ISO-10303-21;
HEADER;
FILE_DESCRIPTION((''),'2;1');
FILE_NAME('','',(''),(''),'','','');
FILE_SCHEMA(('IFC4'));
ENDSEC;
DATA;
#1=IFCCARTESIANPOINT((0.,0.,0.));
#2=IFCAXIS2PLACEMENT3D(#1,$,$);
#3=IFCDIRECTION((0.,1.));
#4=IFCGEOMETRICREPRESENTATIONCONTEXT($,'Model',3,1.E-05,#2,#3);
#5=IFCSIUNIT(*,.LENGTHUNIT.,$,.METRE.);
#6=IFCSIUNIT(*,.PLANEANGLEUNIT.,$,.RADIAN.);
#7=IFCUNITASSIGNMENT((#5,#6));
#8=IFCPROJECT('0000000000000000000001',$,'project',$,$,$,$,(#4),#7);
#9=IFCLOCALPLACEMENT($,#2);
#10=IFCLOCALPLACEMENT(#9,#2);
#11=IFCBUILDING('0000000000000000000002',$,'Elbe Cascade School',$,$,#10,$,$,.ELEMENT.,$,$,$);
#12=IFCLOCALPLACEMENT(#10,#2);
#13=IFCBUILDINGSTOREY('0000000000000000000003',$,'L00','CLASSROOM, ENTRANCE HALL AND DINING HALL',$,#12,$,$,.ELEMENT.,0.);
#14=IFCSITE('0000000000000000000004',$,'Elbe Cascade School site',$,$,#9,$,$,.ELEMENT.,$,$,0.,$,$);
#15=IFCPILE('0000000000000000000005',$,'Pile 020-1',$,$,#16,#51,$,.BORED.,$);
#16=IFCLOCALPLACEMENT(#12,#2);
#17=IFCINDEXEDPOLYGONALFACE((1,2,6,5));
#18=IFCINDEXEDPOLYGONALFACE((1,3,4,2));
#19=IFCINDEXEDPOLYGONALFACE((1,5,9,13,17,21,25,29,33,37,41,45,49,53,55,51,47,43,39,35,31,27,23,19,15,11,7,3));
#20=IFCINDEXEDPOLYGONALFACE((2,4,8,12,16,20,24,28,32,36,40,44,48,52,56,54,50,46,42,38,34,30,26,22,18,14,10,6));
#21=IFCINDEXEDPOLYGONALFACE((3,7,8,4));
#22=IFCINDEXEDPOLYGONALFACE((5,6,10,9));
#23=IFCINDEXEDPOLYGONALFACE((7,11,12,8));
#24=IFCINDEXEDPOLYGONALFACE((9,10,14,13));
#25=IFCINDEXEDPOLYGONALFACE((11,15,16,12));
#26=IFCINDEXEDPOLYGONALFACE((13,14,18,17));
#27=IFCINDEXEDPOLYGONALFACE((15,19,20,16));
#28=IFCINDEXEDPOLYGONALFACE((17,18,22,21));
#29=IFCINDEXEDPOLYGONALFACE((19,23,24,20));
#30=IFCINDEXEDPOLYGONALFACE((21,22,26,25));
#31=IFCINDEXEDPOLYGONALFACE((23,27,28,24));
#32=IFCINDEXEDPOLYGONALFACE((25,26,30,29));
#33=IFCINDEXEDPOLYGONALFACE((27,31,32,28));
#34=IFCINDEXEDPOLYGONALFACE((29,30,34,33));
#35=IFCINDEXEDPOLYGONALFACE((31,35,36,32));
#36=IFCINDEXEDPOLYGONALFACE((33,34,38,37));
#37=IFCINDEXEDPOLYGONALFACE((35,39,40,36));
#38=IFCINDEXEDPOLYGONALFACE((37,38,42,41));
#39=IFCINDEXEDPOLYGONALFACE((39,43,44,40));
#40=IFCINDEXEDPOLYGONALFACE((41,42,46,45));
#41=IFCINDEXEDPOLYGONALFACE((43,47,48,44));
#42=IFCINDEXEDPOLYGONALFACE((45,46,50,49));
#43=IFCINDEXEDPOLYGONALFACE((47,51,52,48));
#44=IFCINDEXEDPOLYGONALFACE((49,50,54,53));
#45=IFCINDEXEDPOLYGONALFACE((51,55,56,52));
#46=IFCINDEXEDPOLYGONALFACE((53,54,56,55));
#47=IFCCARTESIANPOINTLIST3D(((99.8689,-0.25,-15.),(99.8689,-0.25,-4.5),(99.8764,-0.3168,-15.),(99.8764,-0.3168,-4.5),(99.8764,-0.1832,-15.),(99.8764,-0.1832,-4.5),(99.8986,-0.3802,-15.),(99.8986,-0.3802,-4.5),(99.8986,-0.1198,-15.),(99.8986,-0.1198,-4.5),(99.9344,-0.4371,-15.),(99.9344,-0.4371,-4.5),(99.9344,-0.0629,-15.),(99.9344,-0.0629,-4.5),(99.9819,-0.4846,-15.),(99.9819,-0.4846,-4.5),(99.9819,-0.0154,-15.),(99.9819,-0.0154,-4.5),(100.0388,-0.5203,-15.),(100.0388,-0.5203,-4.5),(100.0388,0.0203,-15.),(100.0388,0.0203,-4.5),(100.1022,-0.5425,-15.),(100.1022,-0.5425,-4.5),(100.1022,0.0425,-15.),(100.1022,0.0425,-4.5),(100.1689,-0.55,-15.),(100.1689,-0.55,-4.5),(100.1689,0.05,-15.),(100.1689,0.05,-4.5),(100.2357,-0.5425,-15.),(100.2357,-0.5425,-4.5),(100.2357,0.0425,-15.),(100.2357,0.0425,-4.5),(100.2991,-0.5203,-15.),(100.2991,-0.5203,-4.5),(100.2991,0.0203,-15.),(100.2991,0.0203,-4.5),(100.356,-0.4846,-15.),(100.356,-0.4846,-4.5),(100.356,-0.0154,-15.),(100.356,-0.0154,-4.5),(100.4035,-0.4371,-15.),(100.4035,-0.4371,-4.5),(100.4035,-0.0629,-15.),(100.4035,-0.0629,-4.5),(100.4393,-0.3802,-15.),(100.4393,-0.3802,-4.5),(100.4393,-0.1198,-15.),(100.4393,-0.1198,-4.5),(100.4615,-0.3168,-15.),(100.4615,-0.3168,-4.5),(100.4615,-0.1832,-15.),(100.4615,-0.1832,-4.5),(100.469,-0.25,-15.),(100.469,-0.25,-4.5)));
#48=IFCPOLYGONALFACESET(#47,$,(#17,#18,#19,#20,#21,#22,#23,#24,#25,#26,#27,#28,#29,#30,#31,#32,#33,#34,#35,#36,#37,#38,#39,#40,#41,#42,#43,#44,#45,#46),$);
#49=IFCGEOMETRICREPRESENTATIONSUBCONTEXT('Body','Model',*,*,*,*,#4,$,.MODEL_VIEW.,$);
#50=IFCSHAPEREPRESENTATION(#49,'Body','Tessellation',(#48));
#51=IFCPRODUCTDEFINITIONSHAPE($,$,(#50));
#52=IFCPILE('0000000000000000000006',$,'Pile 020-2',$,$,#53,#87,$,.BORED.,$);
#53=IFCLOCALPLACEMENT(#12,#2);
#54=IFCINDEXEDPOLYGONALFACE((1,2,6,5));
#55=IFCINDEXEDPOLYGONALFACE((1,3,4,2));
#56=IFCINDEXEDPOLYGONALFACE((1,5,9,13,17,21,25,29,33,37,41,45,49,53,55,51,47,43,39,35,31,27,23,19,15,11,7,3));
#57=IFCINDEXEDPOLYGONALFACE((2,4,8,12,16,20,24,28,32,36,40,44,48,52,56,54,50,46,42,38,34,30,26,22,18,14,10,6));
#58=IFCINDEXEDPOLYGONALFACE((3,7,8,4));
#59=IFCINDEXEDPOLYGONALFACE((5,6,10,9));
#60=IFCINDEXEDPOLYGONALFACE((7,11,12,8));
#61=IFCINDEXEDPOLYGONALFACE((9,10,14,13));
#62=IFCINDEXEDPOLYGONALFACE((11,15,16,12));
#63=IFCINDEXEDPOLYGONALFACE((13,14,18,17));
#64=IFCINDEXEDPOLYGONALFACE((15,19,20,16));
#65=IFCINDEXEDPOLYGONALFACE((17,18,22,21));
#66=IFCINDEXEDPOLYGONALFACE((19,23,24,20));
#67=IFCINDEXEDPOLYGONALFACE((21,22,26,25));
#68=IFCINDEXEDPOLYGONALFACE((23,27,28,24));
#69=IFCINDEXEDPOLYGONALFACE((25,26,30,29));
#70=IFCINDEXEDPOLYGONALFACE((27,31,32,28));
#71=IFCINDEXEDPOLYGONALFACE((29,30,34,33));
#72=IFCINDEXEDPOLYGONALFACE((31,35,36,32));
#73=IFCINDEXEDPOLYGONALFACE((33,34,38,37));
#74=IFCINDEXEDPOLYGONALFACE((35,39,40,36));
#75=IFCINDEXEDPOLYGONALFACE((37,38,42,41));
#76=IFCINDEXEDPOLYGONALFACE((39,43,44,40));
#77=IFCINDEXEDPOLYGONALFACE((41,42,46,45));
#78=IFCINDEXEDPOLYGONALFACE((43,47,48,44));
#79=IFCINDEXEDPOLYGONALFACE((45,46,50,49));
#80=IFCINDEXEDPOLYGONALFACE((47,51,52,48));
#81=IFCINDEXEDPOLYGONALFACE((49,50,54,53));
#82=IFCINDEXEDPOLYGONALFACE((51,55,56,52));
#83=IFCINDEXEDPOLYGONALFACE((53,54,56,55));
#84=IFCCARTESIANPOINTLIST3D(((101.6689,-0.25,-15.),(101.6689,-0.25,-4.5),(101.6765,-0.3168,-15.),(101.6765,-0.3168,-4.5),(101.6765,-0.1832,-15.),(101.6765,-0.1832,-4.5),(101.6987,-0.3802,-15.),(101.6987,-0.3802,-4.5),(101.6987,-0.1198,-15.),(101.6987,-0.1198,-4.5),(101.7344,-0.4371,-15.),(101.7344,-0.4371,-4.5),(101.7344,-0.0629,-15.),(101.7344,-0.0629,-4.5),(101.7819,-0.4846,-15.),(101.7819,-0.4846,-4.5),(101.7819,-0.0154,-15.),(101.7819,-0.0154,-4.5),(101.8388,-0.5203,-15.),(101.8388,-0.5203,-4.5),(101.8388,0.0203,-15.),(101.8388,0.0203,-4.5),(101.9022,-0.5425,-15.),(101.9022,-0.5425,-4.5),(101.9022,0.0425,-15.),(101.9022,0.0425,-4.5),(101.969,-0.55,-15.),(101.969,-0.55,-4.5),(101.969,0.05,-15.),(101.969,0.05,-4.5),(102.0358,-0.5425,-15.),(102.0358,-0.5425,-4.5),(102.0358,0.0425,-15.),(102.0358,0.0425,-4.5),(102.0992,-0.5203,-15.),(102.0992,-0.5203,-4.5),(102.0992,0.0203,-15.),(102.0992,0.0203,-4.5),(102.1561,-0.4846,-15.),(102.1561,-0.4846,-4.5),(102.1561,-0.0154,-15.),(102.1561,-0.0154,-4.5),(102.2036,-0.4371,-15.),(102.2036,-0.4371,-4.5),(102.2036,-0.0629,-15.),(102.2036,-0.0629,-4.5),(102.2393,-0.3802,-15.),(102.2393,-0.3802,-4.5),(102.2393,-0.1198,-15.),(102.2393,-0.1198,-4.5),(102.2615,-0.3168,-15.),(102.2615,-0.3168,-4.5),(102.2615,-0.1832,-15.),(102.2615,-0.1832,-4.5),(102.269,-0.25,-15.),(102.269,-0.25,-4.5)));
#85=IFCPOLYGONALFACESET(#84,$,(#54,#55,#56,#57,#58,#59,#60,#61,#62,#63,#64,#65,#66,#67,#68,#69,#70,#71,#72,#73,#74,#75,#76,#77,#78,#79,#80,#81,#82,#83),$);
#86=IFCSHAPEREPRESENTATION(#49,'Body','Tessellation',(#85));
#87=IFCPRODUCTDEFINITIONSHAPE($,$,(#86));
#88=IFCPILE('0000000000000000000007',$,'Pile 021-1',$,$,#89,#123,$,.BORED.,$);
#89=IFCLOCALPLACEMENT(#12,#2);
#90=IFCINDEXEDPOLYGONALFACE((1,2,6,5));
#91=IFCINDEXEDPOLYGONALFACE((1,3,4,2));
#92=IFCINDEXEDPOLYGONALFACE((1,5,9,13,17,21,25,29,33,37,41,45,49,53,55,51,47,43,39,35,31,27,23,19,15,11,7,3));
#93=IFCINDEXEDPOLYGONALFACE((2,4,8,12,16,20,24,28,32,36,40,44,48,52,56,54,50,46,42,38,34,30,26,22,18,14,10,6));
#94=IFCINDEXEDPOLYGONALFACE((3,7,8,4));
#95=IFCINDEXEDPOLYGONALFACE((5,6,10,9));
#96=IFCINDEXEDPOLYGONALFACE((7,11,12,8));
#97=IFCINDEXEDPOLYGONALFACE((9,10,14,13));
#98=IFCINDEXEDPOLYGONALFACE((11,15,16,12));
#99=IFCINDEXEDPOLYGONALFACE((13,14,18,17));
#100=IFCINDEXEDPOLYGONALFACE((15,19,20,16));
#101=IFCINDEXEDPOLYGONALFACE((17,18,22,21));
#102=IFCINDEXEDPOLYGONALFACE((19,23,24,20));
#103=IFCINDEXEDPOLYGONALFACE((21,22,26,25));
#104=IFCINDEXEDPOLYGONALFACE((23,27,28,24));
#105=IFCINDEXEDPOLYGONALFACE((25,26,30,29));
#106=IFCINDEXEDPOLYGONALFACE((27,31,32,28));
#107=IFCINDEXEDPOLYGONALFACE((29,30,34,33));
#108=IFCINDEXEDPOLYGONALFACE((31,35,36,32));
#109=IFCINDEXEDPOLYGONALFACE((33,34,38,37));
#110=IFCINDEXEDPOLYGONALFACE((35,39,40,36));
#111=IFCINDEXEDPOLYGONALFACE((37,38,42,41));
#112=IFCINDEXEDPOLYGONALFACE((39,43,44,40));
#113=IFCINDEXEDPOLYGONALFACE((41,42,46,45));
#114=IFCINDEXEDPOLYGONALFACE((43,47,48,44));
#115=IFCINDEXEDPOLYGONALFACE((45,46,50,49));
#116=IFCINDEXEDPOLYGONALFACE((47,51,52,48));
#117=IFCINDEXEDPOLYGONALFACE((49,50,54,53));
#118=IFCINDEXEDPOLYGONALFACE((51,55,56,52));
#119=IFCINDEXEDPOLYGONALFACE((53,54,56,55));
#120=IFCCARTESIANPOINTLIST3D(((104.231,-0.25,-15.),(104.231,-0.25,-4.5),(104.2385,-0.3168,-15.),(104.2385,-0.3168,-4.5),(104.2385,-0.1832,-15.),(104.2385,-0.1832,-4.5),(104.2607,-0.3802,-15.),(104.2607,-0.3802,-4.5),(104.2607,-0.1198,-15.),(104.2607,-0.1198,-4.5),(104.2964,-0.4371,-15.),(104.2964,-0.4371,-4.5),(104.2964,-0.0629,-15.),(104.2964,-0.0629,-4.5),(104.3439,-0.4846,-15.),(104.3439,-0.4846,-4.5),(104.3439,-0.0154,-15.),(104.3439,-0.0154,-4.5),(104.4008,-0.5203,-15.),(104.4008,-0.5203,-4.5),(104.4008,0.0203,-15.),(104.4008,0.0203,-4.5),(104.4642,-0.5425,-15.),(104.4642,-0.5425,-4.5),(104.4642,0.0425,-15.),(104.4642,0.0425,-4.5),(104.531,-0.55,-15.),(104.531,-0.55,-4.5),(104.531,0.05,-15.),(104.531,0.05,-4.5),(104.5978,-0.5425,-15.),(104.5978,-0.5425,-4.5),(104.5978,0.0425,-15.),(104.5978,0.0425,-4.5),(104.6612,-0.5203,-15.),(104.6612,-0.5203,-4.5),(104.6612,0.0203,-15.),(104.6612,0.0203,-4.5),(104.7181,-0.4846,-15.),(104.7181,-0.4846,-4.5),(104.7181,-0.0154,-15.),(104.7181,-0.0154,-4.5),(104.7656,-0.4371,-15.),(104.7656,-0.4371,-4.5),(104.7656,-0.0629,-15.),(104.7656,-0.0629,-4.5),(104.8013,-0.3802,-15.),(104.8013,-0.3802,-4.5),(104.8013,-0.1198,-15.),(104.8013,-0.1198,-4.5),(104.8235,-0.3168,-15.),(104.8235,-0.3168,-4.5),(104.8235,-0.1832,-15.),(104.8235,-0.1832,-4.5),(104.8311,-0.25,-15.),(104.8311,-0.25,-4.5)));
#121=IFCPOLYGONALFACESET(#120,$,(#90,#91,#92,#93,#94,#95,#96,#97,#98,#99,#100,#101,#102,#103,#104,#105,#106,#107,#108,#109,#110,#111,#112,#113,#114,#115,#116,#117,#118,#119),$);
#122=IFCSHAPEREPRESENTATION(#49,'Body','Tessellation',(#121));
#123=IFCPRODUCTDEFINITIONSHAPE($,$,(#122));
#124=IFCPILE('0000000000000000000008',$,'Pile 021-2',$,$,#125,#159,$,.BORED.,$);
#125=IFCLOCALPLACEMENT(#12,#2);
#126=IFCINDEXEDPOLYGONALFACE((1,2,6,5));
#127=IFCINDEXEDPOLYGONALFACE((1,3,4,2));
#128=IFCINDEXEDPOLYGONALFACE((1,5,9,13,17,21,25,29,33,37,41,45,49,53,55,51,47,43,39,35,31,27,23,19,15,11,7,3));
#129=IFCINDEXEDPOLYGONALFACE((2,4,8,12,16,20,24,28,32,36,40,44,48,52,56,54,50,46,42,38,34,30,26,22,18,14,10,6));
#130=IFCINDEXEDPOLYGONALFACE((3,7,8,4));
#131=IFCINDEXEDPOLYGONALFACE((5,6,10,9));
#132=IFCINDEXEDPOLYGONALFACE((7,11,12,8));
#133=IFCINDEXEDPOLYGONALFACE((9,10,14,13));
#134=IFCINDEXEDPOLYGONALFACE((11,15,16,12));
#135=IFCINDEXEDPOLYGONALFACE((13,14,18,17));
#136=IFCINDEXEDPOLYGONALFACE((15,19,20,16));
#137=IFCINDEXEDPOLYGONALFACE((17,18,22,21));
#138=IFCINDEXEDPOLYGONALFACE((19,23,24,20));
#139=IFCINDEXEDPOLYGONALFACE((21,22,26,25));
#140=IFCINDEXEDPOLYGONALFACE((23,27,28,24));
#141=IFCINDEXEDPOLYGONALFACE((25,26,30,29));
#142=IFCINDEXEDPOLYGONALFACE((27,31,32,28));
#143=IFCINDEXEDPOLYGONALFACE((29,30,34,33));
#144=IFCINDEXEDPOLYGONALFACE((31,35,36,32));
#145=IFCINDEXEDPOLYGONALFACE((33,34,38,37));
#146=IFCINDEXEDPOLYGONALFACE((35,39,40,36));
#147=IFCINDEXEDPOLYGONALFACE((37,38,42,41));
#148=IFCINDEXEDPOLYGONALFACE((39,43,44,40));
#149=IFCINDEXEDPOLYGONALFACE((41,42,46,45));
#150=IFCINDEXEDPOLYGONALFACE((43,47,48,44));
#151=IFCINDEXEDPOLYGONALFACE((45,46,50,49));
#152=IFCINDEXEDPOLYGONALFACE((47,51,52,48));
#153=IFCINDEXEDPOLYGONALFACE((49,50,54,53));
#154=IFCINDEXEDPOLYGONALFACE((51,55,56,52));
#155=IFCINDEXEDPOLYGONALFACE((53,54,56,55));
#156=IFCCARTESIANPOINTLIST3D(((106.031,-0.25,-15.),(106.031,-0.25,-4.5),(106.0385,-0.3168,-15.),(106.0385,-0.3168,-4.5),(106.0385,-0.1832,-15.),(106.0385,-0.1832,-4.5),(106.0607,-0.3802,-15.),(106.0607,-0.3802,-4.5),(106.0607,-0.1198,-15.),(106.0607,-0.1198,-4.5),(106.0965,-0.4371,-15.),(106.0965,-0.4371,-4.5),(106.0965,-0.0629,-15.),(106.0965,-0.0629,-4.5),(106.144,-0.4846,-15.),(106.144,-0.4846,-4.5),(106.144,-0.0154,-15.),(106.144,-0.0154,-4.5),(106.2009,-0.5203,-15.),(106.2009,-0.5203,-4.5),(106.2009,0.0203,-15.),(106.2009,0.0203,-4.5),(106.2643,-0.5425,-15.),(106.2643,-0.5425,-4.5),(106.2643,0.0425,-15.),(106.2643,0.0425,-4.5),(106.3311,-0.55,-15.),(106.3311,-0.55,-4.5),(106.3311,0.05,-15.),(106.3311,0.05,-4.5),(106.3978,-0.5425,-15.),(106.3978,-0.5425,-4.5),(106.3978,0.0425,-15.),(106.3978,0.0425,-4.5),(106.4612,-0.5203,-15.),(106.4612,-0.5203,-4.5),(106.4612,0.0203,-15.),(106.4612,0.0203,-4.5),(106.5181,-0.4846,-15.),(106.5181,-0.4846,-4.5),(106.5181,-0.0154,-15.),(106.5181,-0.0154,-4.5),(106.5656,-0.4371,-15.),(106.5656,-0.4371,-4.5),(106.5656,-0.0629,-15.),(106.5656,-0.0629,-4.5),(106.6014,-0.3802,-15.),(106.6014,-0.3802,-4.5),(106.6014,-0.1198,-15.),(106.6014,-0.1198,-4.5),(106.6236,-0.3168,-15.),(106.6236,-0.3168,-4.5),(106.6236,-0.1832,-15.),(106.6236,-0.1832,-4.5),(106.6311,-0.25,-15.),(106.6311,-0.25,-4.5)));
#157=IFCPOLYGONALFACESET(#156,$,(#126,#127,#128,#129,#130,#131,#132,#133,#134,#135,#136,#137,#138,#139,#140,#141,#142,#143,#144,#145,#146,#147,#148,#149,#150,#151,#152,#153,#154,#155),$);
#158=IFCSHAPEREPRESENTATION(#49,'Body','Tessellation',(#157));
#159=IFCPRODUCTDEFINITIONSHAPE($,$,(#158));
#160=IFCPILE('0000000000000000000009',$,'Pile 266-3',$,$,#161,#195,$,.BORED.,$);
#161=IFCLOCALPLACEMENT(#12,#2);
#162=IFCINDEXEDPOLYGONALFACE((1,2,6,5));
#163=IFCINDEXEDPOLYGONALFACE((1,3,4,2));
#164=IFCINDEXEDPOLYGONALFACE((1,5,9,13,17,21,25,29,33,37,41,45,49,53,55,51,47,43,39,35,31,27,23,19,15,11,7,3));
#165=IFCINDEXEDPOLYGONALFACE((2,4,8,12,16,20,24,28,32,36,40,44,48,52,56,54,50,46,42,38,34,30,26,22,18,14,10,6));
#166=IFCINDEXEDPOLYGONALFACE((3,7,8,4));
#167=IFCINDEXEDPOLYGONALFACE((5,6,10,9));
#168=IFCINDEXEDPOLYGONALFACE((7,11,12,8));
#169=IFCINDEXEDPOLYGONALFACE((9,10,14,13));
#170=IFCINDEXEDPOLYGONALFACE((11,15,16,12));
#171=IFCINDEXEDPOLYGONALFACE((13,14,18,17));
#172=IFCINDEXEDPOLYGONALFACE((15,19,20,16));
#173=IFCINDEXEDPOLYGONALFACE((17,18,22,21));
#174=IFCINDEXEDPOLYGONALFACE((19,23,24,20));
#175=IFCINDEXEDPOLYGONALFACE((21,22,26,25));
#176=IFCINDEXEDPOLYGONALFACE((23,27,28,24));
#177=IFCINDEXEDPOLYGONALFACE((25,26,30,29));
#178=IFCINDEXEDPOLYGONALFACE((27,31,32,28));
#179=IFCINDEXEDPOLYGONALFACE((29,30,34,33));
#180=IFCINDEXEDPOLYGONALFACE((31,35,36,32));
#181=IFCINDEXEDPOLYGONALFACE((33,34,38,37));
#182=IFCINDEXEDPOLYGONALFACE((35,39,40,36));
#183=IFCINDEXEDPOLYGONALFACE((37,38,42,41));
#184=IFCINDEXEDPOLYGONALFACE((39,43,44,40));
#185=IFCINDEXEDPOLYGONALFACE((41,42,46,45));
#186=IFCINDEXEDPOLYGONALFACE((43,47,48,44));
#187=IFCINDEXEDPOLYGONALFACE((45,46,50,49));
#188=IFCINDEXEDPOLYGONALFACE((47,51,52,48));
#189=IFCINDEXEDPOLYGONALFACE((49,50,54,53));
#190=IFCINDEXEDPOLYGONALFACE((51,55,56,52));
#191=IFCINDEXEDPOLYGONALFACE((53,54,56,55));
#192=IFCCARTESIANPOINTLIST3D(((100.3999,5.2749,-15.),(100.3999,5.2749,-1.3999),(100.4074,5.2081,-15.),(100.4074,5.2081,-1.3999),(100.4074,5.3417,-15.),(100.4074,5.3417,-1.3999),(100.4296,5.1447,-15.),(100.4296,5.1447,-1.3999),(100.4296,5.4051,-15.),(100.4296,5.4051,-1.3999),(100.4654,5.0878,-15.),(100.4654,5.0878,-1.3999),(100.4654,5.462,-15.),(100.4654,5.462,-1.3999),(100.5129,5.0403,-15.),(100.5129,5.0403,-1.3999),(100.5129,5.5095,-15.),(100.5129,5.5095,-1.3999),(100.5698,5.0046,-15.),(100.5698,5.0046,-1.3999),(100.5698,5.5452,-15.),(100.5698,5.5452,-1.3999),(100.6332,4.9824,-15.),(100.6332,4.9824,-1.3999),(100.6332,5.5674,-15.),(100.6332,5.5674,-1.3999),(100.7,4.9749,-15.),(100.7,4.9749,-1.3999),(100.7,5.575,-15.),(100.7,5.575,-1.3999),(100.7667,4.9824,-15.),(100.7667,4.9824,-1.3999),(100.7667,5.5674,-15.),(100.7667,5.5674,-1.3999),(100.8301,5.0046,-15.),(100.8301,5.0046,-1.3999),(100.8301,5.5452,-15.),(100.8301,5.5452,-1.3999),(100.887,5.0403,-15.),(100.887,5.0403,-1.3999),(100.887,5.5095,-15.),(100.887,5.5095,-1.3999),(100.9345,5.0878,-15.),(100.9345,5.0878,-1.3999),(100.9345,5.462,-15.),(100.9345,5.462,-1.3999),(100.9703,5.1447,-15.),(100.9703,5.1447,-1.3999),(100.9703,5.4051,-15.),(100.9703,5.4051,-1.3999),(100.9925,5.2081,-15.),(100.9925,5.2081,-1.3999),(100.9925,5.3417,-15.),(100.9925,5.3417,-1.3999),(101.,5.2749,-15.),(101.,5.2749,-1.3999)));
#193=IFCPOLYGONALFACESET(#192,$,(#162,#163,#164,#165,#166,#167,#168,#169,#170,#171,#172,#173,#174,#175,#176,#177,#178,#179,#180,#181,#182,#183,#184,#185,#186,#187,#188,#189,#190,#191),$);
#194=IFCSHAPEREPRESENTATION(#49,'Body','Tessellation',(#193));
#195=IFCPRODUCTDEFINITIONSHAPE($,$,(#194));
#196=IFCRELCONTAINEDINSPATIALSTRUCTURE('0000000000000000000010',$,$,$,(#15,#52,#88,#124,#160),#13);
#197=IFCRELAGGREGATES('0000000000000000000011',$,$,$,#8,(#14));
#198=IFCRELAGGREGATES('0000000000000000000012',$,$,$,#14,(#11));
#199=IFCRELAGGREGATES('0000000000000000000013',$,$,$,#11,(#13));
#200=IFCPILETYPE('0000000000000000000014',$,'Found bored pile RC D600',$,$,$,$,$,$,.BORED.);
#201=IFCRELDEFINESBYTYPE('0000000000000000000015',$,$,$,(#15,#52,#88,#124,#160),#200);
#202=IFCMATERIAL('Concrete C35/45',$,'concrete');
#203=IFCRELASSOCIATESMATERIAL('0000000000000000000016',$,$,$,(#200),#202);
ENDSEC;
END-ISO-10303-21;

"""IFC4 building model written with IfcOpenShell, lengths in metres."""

from ifc_helpers import new_model, si_unit, direction, frame, origin, origin_2d, place, context, subcontext, project, spatial, circle, extrude, material, material_profile, profile_set, type_object, element, save


model = new_model("IFC4")

# Units and contexts
model_context = context("Model", 3, precision=1e-05, world=origin(), true_north=direction((0.0, 1.0)))
body_context = subcontext(model_context, "Body", "Model", "MODEL_VIEW")
ifc_project = project(units=[si_unit("LENGTHUNIT", "METRE"), si_unit("PLANEANGLEUNIT", "RADIAN")], contexts=[model_context])

# Site, building, storey
site_placement = place(None, origin())
site = spatial("IfcSite", under=ifc_project, at=site_placement, Name="Elbe Cascade School site", CompositionType="ELEMENT", RefElevation=0.0)
building_placement = place(site_placement, origin())
building = spatial("IfcBuilding", under=site, at=building_placement, Name="Elbe Cascade School", CompositionType="ELEMENT")
storey_placement = place(building_placement, origin())
storey = spatial("IfcBuildingStorey", under=building, at=storey_placement, Name="L00", Description="CLASSROOM, ENTRANCE HALL AND DINING HALL", CompositionType="ELEMENT", Elevation=0.0)

# Piles
ifc_material_1 = material(Name="Concrete C35/45", Category="concrete")
ifc_material_profile_1 = material_profile(ifc_material_1, circle(Radius=0.3, at=origin_2d()), Name="RC D600")
ifc_profile_set_1 = profile_set([ifc_material_profile_1], Name="Concrete C35/45")
pile_type = type_object("IfcPileType", Name="Found bored pile RC D600", PredefinedType="BORED", material=ifc_profile_set_1)
for number, where, z_axis, x_axis, name in (
    (1, (100.1689, -0.25, -4.5), (0.0, 0.0, -1.0), (1.0, 0.0, 0.0), "Pile 020-1"),
    (2, (101.969, -0.25, -4.5), (0.0, 0.0, -1.0), (1.0, 0.0, 0.0), "Pile 020-2"),
    (3, (104.531, -0.25, -4.5), (0.0, 0.0, -1.0), (1.0, 0.0, 0.0), "Pile 021-1"),
    (4, (106.3311, -0.25, -4.5), (0.0, 0.0, -1.0), (1.0, 0.0, 0.0), "Pile 021-2"),
):
    element("IfcPile", number, at=place(storey_placement, frame(where, z_axis=z_axis, x_axis=x_axis)), inside=storey, type_object=pile_type, Name=name, PredefinedType="BORED", context=body_context, shape_type="SweptSolid", body=[
        extrude(circle(Radius=0.3, at=origin_2d()), origin(), (0.0, 0.0, 1.0), 10.5),
    ])
for number, where, z_axis, x_axis, name in (
    (5, (100.7, 5.2749, -1.3999), (0.0, 0.0, -1.0), (1.0, 0.0, 0.0), "Pile 266-3"),
):
    element("IfcPile", number, at=place(storey_placement, frame(where, z_axis=z_axis, x_axis=x_axis)), inside=storey, type_object=pile_type, Name=name, PredefinedType="BORED", context=body_context, shape_type="SweptSolid", body=[
        extrude(circle(Radius=0.3, at=origin_2d()), origin(), (0.0, 0.0, 1.0), 13.6001),
    ])

save(model, "model.ifc")
